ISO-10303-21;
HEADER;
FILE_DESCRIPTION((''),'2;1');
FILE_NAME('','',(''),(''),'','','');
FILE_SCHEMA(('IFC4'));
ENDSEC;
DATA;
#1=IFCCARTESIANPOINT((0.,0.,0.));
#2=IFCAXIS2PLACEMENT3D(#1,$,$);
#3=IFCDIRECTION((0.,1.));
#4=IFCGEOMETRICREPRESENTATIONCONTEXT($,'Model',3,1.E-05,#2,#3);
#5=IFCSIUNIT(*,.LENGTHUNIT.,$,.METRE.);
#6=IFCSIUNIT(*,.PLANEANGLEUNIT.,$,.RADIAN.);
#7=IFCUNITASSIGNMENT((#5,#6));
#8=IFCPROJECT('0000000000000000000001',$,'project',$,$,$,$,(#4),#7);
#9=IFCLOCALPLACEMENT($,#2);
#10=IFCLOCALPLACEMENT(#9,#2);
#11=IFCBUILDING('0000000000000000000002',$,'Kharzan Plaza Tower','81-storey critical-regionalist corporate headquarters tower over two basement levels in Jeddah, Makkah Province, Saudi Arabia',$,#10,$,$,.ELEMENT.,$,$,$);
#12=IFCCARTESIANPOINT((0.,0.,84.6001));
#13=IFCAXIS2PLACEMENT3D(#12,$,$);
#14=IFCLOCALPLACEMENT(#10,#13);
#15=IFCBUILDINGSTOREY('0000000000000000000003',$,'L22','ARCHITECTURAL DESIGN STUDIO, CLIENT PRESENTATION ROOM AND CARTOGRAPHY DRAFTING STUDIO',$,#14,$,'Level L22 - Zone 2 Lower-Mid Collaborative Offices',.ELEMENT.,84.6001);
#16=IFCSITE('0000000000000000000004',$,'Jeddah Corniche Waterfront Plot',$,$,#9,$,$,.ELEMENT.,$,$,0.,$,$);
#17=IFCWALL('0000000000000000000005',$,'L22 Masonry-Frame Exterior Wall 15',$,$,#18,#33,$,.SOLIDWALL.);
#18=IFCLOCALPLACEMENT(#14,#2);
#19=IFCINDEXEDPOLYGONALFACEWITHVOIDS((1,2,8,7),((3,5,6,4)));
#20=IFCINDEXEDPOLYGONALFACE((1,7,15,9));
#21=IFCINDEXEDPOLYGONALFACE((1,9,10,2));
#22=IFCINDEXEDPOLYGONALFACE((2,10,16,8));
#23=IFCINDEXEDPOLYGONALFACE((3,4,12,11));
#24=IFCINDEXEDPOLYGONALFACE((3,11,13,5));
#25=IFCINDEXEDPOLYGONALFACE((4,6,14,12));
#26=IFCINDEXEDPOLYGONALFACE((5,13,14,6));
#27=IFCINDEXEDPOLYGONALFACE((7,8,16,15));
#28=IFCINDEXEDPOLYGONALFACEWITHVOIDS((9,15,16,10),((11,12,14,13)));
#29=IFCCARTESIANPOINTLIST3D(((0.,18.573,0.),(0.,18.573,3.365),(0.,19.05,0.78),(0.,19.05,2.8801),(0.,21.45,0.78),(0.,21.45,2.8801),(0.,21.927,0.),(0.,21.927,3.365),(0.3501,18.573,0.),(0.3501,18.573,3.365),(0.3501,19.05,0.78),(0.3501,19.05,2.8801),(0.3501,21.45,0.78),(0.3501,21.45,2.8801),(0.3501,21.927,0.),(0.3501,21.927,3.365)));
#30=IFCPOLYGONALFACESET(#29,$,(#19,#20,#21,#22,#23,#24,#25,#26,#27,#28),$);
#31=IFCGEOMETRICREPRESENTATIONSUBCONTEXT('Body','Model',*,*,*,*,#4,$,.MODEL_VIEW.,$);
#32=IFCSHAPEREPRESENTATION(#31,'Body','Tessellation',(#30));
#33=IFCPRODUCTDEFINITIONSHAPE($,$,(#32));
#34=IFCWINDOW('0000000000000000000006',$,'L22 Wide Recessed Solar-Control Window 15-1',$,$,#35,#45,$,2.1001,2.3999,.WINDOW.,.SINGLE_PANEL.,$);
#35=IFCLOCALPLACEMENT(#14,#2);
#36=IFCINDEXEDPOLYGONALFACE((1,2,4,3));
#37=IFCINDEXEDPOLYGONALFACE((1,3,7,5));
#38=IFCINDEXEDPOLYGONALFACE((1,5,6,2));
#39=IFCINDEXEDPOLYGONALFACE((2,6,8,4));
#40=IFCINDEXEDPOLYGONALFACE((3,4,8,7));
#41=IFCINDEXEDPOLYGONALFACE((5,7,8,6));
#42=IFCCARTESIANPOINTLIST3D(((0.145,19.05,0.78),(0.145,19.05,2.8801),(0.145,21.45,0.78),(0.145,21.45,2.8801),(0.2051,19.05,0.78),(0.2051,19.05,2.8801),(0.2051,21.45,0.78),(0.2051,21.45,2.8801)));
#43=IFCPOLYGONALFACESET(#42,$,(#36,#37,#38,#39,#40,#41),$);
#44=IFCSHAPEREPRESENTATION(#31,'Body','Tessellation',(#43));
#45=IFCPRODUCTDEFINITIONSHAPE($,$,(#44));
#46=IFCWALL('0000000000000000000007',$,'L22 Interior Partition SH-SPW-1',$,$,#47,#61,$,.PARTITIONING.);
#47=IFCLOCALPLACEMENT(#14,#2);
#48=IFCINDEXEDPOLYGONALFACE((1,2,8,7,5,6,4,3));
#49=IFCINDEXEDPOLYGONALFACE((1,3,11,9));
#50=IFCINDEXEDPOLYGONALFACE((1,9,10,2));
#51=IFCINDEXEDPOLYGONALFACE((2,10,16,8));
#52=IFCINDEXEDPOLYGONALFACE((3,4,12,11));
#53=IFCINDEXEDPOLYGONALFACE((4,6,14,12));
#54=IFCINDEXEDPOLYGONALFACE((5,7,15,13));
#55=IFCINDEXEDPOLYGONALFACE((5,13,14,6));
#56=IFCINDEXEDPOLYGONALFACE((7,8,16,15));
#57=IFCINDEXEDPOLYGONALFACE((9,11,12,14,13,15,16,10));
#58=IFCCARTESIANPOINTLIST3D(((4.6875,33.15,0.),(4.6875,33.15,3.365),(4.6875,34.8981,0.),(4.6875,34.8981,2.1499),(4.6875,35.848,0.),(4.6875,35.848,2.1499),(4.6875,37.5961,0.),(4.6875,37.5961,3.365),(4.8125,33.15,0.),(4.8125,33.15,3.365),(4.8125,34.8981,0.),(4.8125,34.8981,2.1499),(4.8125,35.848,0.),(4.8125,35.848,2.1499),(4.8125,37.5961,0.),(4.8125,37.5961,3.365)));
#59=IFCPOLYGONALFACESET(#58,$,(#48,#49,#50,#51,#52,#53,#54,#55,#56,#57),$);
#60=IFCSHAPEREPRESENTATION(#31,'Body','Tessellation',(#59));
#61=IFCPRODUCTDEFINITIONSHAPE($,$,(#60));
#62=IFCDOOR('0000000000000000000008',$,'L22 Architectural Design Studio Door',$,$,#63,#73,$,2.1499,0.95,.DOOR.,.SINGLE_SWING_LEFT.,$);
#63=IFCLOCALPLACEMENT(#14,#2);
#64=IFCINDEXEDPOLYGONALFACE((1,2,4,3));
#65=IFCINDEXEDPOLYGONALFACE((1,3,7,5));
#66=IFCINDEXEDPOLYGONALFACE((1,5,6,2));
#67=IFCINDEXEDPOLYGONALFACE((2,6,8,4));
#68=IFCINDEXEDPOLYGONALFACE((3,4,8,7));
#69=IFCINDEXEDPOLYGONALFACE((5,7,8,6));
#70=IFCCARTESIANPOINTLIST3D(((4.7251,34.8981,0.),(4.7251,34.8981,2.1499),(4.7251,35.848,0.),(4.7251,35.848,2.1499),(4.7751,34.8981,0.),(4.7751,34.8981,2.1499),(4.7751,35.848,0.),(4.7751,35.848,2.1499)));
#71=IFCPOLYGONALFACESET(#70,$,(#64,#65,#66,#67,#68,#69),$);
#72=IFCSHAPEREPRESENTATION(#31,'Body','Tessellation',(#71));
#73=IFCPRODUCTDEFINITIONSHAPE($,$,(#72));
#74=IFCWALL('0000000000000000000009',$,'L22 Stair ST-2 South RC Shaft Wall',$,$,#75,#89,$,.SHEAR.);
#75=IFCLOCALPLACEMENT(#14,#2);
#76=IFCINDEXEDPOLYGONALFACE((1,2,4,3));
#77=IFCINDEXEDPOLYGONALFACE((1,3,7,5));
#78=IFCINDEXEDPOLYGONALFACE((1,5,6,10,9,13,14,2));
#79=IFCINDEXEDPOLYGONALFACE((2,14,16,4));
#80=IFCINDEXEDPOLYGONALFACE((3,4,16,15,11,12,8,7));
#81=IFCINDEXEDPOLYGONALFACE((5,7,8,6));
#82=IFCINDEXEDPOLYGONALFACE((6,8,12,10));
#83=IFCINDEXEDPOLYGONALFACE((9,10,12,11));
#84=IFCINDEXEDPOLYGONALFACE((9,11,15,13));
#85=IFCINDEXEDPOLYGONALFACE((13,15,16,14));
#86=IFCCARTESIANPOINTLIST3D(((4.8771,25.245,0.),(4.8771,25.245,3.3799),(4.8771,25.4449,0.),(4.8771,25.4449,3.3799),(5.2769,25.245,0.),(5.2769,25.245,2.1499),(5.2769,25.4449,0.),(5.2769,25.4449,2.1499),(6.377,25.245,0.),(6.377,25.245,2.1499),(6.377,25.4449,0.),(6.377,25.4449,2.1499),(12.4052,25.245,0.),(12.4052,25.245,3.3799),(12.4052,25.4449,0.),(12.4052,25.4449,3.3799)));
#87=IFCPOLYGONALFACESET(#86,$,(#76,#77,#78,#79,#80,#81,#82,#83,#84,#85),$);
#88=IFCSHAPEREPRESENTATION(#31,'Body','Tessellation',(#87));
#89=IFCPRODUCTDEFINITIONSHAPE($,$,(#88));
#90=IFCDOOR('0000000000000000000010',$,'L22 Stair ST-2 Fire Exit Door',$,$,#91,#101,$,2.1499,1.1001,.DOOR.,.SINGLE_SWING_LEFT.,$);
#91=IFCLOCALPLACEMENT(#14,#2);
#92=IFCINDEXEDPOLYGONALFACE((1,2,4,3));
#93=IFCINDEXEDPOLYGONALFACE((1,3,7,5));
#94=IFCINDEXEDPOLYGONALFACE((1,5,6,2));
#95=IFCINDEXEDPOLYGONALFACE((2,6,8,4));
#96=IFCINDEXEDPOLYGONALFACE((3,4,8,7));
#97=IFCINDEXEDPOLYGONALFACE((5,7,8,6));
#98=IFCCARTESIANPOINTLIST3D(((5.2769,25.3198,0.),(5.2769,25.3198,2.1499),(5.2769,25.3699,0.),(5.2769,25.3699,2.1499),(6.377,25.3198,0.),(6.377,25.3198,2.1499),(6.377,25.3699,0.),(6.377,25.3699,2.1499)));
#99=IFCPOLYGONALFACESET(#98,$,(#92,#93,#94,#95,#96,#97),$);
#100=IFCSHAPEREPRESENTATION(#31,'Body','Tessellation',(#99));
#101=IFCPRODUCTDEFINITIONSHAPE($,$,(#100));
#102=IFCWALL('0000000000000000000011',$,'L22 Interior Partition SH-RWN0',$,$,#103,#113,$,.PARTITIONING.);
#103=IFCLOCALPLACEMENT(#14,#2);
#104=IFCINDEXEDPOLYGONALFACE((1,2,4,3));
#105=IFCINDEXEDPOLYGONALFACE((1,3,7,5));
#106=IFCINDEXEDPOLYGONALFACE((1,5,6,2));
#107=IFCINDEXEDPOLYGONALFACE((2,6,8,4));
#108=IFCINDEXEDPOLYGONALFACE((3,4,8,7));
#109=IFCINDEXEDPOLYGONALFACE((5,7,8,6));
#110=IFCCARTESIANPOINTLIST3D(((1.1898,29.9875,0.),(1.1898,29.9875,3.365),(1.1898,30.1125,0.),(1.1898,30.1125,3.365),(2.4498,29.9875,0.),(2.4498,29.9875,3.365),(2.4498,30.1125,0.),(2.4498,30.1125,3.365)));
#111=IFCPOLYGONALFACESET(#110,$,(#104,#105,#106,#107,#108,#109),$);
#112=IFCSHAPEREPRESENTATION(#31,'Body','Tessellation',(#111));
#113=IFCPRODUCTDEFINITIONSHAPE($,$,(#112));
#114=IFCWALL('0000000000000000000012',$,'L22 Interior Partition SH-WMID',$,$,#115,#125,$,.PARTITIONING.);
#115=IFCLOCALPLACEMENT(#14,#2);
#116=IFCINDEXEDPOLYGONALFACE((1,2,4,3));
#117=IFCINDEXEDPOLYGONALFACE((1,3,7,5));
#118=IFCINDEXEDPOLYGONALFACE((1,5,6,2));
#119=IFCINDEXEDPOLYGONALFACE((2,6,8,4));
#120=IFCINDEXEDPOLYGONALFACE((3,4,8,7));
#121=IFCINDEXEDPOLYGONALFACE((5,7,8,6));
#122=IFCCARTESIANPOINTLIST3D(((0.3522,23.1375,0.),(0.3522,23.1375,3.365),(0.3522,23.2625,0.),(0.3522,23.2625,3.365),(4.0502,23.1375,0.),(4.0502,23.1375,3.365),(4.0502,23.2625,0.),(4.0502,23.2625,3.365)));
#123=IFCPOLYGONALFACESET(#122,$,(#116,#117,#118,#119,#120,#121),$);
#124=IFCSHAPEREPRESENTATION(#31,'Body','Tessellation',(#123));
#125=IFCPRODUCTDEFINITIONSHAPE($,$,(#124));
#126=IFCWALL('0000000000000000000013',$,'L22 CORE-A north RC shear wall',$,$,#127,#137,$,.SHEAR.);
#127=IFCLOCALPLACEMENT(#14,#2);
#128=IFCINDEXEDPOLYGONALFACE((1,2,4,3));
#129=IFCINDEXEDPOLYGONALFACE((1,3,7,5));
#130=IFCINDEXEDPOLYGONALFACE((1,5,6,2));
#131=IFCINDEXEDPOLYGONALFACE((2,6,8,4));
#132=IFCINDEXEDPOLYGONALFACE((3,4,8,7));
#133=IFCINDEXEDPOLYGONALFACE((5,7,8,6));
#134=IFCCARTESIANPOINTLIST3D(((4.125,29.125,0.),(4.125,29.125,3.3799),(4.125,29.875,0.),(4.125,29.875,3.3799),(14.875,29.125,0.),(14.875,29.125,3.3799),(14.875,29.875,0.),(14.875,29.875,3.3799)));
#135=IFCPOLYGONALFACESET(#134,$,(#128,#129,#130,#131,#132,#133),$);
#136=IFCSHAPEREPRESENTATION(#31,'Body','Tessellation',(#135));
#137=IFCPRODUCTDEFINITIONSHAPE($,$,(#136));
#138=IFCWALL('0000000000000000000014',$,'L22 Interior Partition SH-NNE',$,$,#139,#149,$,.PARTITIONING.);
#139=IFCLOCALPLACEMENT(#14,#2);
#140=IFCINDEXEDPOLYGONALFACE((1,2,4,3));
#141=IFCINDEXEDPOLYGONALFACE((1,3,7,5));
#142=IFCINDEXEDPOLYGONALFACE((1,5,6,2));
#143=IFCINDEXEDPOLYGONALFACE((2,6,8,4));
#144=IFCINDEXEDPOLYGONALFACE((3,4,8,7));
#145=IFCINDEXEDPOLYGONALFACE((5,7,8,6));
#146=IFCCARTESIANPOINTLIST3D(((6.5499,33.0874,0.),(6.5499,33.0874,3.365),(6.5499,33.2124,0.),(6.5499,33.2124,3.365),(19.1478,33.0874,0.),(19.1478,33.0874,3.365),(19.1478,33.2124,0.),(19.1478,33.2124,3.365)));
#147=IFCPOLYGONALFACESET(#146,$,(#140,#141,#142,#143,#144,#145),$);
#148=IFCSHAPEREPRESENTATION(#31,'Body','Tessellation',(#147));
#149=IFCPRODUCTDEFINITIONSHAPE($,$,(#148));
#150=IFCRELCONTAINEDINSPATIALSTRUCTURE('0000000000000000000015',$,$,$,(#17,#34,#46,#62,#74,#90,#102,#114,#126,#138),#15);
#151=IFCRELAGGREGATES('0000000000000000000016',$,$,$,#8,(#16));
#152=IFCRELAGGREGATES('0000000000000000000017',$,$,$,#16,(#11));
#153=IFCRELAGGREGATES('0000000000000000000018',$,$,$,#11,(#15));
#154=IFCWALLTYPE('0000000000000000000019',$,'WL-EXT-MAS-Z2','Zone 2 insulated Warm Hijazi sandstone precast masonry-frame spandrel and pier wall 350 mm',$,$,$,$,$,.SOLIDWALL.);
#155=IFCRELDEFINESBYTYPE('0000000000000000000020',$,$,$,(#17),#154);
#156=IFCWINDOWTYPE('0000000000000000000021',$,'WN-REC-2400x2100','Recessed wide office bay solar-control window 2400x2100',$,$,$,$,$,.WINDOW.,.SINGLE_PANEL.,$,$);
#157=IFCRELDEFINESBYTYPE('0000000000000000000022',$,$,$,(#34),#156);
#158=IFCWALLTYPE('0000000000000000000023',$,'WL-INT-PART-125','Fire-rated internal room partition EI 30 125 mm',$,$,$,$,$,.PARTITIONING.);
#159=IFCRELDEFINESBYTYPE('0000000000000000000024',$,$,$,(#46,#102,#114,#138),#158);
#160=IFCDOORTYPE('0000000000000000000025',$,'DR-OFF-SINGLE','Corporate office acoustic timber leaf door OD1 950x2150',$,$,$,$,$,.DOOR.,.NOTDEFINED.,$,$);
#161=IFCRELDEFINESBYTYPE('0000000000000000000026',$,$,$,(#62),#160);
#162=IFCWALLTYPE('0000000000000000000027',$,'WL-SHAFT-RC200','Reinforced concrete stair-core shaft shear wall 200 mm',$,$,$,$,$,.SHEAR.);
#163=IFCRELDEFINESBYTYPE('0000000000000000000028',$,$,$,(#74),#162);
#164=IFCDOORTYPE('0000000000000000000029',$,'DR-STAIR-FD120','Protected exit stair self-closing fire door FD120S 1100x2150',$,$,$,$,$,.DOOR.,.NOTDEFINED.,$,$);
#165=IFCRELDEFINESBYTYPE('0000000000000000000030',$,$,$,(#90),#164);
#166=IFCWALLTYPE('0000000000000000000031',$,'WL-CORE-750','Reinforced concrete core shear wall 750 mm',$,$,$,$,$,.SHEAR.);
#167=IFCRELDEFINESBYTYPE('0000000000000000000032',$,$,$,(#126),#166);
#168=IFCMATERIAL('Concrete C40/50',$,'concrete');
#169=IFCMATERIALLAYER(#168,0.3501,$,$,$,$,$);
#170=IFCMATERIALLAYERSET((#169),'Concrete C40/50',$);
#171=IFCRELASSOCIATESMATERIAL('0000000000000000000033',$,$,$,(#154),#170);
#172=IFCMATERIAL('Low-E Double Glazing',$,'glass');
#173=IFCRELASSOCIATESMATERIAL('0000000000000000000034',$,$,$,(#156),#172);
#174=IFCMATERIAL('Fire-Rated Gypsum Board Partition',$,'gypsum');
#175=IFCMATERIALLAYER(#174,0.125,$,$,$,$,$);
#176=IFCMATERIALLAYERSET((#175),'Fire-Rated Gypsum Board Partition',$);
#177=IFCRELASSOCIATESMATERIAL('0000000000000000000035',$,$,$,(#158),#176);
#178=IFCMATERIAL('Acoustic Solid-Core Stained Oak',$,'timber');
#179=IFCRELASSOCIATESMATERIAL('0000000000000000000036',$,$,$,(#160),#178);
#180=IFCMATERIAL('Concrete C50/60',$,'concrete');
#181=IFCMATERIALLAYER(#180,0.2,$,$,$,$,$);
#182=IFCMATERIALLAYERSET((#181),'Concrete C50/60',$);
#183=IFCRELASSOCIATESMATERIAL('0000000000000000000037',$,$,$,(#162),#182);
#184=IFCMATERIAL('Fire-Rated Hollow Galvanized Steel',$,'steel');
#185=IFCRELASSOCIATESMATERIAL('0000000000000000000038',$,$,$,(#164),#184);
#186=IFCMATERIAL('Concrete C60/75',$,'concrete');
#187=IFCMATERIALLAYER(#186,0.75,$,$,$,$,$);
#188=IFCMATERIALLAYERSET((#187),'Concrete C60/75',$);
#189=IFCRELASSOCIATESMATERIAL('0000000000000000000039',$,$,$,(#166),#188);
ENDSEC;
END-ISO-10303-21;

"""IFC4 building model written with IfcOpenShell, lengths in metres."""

from ifc_helpers import new_model, si_unit, direction, frame, frame_2d, origin, place, context, subcontext, project, spatial, rectangle, extrude, source, transform, mapped, material, layer, layer_set, type_object, element, fill, save


model = new_model("IFC4")

# Units and contexts
model_context = context("Model", 3, precision=1e-05, world=origin(), true_north=direction((0.0, 1.0)))
body_context = subcontext(model_context, "Body", "Model", "MODEL_VIEW")
ifc_project = project(units=[si_unit("LENGTHUNIT", "METRE"), si_unit("PLANEANGLEUNIT", "RADIAN")], contexts=[model_context])

# Site, building, storey
site_placement = place(None, origin())
site = spatial("IfcSite", under=ifc_project, at=site_placement, Name="Jeddah Corniche Waterfront Plot", CompositionType="ELEMENT", RefElevation=0.0)
building_placement = place(site_placement, origin())
building = spatial("IfcBuilding", under=site, at=building_placement, Name="Kharzan Plaza Tower", Description="81-storey critical-regionalist corporate headquarters tower over two basement levels in Jeddah, Makkah Province, Saudi Arabia", CompositionType="ELEMENT")
storey_placement = place(building_placement, frame((0.0, 0.0, 84.6001)))
storey = spatial("IfcBuildingStorey", under=building, at=storey_placement, Name="L22", Description="ARCHITECTURAL DESIGN STUDIO, CLIENT PRESENTATION ROOM AND CARTOGRAPHY DRAFTING STUDIO", LongName="Level L22 - Zone 2 Lower-Mid Collaborative Offices", CompositionType="ELEMENT", Elevation=84.6001)

# Shared definitions
ifc_material_1 = material(Name="Concrete C60/75", Category="concrete")

# Wall, opening, window
ifc_material_2 = material(Name="Concrete C40/50", Category="concrete")
ifc_layer_1 = layer(ifc_material_2, 0.3501)
ifc_layer_set_1 = layer_set([ifc_layer_1], Name="Concrete C40/50")
wall_type_1 = type_object("IfcWallType", Name="WL-EXT-MAS-Z2", Description="Zone 2 insulated Warm Hijazi sandstone precast masonry-frame spandrel and pier wall 350 mm", PredefinedType="SOLIDWALL", material=ifc_layer_set_1)
ifc_material_3 = material(Name="Low-E Double Glazing", Category="glass")
wall_1_placement = place(storey_placement, frame((0.175, 21.927, 0.0), z_axis=(0.0, 0.0, 1.0), x_axis=(0.0, -1.0, 0.0)))
wall_1 = element("IfcWall", 1, at=wall_1_placement, inside=storey, type_object=wall_type_1, Name="L22 Masonry-Frame Exterior Wall 15", PredefinedType="SOLIDWALL", context=body_context, shape_type="SweptSolid", body=[
    extrude(rectangle(XDim=3.354, YDim=0.3501, at=frame_2d((1.677, 0.0))), origin(), (0.0, 0.0, 1.0), 3.365),
])
opening_1_placement = place(wall_1_placement, frame((0.4771, 0.0, 0.78)))
opening_1 = element("IfcOpeningElement", 2, at=opening_1_placement, cuts=wall_1, PredefinedType="OPENING", context=body_context, shape_type="SweptSolid", body=[
    extrude(rectangle(XDim=2.3999, YDim=2.1001, at=frame_2d((1.2, 1.05))), frame((0.0, 0.1851, 0.0), z_axis=(0.0, -1.0, 0.0), x_axis=(1.0, 0.0, 0.0)), (0.0, 0.0, 1.0), 0.3701),
])
window_type_1 = type_object("IfcWindowType", Name="WN-REC-2400x2100", Description="Recessed wide office bay solar-control window 2400x2100", PartitioningType="SINGLE_PANEL", PredefinedType="WINDOW", material=ifc_material_3)
shared_shape_1 = source(origin(), body_context, "Body", "SweptSolid", [
    extrude(rectangle(XDim=2.3999, YDim=2.1001, at=frame_2d((1.2, 1.05))), frame((0.0, 0.03, 0.0), z_axis=(0.0, -1.0, 0.0), x_axis=(1.0, 0.0, 0.0)), (0.0, 0.0, 1.0), 0.0601),
])
window_1_placement = place(opening_1_placement, origin())
window_1 = element("IfcWindow", 3, at=window_1_placement, inside=storey, type_object=window_type_1, Name="L22 Wide Recessed Solar-Control Window 15-1", OverallHeight=2.1001, OverallWidth=2.3999, PartitioningType="SINGLE_PANEL", PredefinedType="WINDOW", context=body_context, shape_type="MappedRepresentation", body=[
    mapped(shared_shape_1, transform((0.0, 0.0, 0.0), x_axis=(1.0, 0.0, 0.0), y_axis=(0.0, 1.0, 0.0), z_axis=(0.0, 0.0, 1.0))),
])
fill(opening_1, window_1)

# Walls, openings, doors
ifc_material_4 = material(Name="Fire-Rated Gypsum Board Partition", Category="gypsum")
ifc_layer_2 = layer(ifc_material_4, 0.125)
ifc_layer_set_2 = layer_set([ifc_layer_2], Name="Fire-Rated Gypsum Board Partition")
wall_type_2 = type_object("IfcWallType", Name="WL-INT-PART-125", Description="Fire-rated internal room partition EI 30 125 mm", PredefinedType="PARTITIONING", material=ifc_layer_set_2)
ifc_material_5 = material(Name="Acoustic Solid-Core Stained Oak", Category="timber")
door_type_1 = type_object("IfcDoorType", Name="DR-OFF-SINGLE", Description="Corporate office acoustic timber leaf door OD1 950x2150", OperationType="NOTDEFINED", PredefinedType="DOOR", material=ifc_material_5)
shared_shape_2 = source(origin(), body_context, "Body", "SweptSolid", [
    extrude(rectangle(XDim=0.95, YDim=2.1499, at=frame_2d((0.4751, 1.075))), frame((0.0, 0.0249, 0.0), z_axis=(0.0, -1.0, 0.0), x_axis=(1.0, 0.0, 0.0)), (0.0, 0.0, 1.0), 0.05),
])
wall_2_placement = place(storey_placement, frame((4.75, 33.1499, 0.0), z_axis=(0.0, 0.0, 1.0), x_axis=(0.0, 1.0, 0.0)))
wall_2 = element("IfcWall", 4, at=wall_2_placement, inside=storey, type_object=wall_type_2, Name="L22 Interior Partition SH-SPW-1", PredefinedType="PARTITIONING", context=body_context, shape_type="SweptSolid", body=[
    extrude(rectangle(XDim=4.446, YDim=0.125, at=frame_2d((2.2231, 0.0))), origin(), (0.0, 0.0, 1.0), 3.365),
])
opening_2_placement = place(wall_2_placement, frame((1.748, 0.0, 0.0)))
opening_2 = element("IfcOpeningElement", 5, at=opening_2_placement, cuts=wall_2, PredefinedType="OPENING", context=body_context, shape_type="SweptSolid", body=[
    extrude(rectangle(XDim=0.95, YDim=2.1499, at=frame_2d((0.4751, 1.075))), frame((0.0, 0.0725, 0.0), z_axis=(0.0, -1.0, 0.0), x_axis=(1.0, 0.0, 0.0)), (0.0, 0.0, 1.0), 0.145),
])
door_1_placement = place(opening_2_placement, origin())
door_1 = element("IfcDoor", 6, at=door_1_placement, inside=storey, type_object=door_type_1, Name="L22 Architectural Design Studio Door", OperationType="SINGLE_SWING_LEFT", OverallHeight=2.1499, OverallWidth=0.95, PredefinedType="DOOR", context=body_context, shape_type="MappedRepresentation", body=[
    mapped(shared_shape_2, transform((0.0, 0.0, 0.0), x_axis=(1.0, 0.0, 0.0), y_axis=(0.0, 1.0, 0.0), z_axis=(0.0, 0.0, 1.0))),
])
fill(opening_2, door_1)
ifc_material_6 = material(Name="Concrete C50/60", Category="concrete")
ifc_layer_3 = layer(ifc_material_6, 0.2)
ifc_layer_set_3 = layer_set([ifc_layer_3], Name="Concrete C50/60")
wall_type_3 = type_object("IfcWallType", Name="WL-SHAFT-RC200", Description="Reinforced concrete stair-core shaft shear wall 200 mm", PredefinedType="SHEAR", material=ifc_layer_set_3)
wall_3_placement = place(storey_placement, frame((4.877, 25.345, 0.0), z_axis=(0.0, 0.0, 1.0), x_axis=(1.0, 0.0, 0.0)))
wall_3 = element("IfcWall", 7, at=wall_3_placement, inside=storey, type_object=wall_type_3, Name="L22 Stair ST-2 South RC Shaft Wall", PredefinedType="SHEAR", context=body_context, shape_type="SweptSolid", body=[
    extrude(rectangle(XDim=7.5281, YDim=0.2, at=frame_2d((3.7642, 0.0))), origin(), (0.0, 0.0, 1.0), 3.3799),
])
opening_3_placement = place(wall_3_placement, frame((0.3999, 0.0, 0.0)))
opening_3 = element("IfcOpeningElement", 8, at=opening_3_placement, cuts=wall_3, PredefinedType="OPENING", context=body_context, shape_type="SweptSolid", body=[
    extrude(rectangle(XDim=1.1001, YDim=2.1499, at=frame_2d((0.55, 1.075))), frame((0.0, 0.1099, 0.0), z_axis=(0.0, -1.0, 0.0), x_axis=(1.0, 0.0, 0.0)), (0.0, 0.0, 1.0), 0.22),
])
ifc_material_7 = material(Name="Fire-Rated Hollow Galvanized Steel", Category="steel")
door_type_2 = type_object("IfcDoorType", Name="DR-STAIR-FD120", Description="Protected exit stair self-closing fire door FD120S 1100x2150", OperationType="NOTDEFINED", PredefinedType="DOOR", material=ifc_material_7)
shared_shape_3 = source(origin(), body_context, "Body", "SweptSolid", [
    extrude(rectangle(XDim=1.1001, YDim=2.1499, at=frame_2d((0.55, 1.075))), frame((0.0, 0.0249, 0.0), z_axis=(0.0, -1.0, 0.0), x_axis=(1.0, 0.0, 0.0)), (0.0, 0.0, 1.0), 0.05),
])
door_2_placement = place(opening_3_placement, origin())
door_2 = element("IfcDoor", 9, at=door_2_placement, inside=storey, type_object=door_type_2, Name="L22 Stair ST-2 Fire Exit Door", OperationType="SINGLE_SWING_LEFT", OverallHeight=2.1499, OverallWidth=1.1001, PredefinedType="DOOR", context=body_context, shape_type="MappedRepresentation", body=[
    mapped(shared_shape_3, transform((0.0, 0.0, 0.0), x_axis=(1.0, 0.0, 0.0), y_axis=(0.0, 1.0, 0.0), z_axis=(0.0, 0.0, 1.0))),
])
fill(opening_3, door_2)

# Walls
shared_shape_4 = source(origin(), body_context, "Body", "SweptSolid", [
    extrude(rectangle(XDim=1.26, YDim=0.125, at=frame_2d((0.6299, 0.0))), origin(), (0.0, 0.0, 1.0), 3.365),
])
wall_4_placement = place(storey_placement, frame((1.1899, 30.05, 0.0), z_axis=(0.0, 0.0, 1.0), x_axis=(1.0, 0.0, 0.0)))
element("IfcWall", 10, at=wall_4_placement, inside=storey, type_object=wall_type_2, Name="L22 Interior Partition SH-RWN0", PredefinedType="PARTITIONING", context=body_context, shape_type="MappedRepresentation", body=[
    mapped(shared_shape_4, transform((0.0, 0.0, 0.0), x_axis=(1.0, 0.0, 0.0), y_axis=(0.0, 1.0, 0.0), z_axis=(0.0, 0.0, 1.0))),
])
shared_shape_5 = source(origin(), body_context, "Body", "SweptSolid", [
    extrude(rectangle(XDim=3.698, YDim=0.125, at=frame_2d((1.8491, 0.0))), origin(), (0.0, 0.0, 1.0), 3.365),
])
wall_5_placement = place(storey_placement, frame((0.3521, 23.2, 0.0), z_axis=(0.0, 0.0, 1.0), x_axis=(1.0, 0.0, 0.0)))
element("IfcWall", 11, at=wall_5_placement, inside=storey, type_object=wall_type_2, Name="L22 Interior Partition SH-WMID", PredefinedType="PARTITIONING", context=body_context, shape_type="MappedRepresentation", body=[
    mapped(shared_shape_5, transform((0.0, 0.0, 0.0), x_axis=(1.0, 0.0, 0.0), y_axis=(0.0, 1.0, 0.0), z_axis=(0.0, 0.0, 1.0))),
])
ifc_layer_4 = layer(ifc_material_1, 0.75)
ifc_layer_set_4 = layer_set([ifc_layer_4], Name="Concrete C60/75")
wall_type_4 = type_object("IfcWallType", Name="WL-CORE-750", Description="Reinforced concrete core shear wall 750 mm", PredefinedType="SHEAR", material=ifc_layer_set_4)
shared_shape_6 = source(origin(), body_context, "Body", "SweptSolid", [
    extrude(rectangle(XDim=10.75, YDim=0.75, at=frame_2d((5.375, 0.0))), origin(), (0.0, 0.0, 1.0), 3.3799),
])
wall_6_placement = place(storey_placement, frame((4.125, 29.5, 0.0), z_axis=(0.0, 0.0, 1.0), x_axis=(1.0, 0.0, 0.0)))
element("IfcWall", 12, at=wall_6_placement, inside=storey, type_object=wall_type_4, Name="L22 CORE-A north RC shear wall", PredefinedType="SHEAR", context=body_context, shape_type="MappedRepresentation", body=[
    mapped(shared_shape_6, transform((0.0, 0.0, 0.0), x_axis=(1.0, 0.0, 0.0), y_axis=(0.0, 1.0, 0.0), z_axis=(0.0, 0.0, 1.0))),
])
shared_shape_7 = source(origin(), body_context, "Body", "SweptSolid", [
    extrude(rectangle(XDim=12.5979, YDim=0.125, at=frame_2d((6.2988, 0.0))), origin(), (0.0, 0.0, 1.0), 3.365),
])
wall_7_placement = place(storey_placement, frame((6.55, 33.1499, 0.0), z_axis=(0.0, 0.0, 1.0), x_axis=(1.0, 0.0, 0.0)))
element("IfcWall", 13, at=wall_7_placement, inside=storey, type_object=wall_type_2, Name="L22 Interior Partition SH-NNE", PredefinedType="PARTITIONING", context=body_context, shape_type="MappedRepresentation", body=[
    mapped(shared_shape_7, transform((0.0, 0.0, 0.0), x_axis=(1.0, 0.0, 0.0), y_axis=(0.0, 1.0, 0.0), z_axis=(0.0, 0.0, 1.0))),
])

save(model, "model.ifc")
